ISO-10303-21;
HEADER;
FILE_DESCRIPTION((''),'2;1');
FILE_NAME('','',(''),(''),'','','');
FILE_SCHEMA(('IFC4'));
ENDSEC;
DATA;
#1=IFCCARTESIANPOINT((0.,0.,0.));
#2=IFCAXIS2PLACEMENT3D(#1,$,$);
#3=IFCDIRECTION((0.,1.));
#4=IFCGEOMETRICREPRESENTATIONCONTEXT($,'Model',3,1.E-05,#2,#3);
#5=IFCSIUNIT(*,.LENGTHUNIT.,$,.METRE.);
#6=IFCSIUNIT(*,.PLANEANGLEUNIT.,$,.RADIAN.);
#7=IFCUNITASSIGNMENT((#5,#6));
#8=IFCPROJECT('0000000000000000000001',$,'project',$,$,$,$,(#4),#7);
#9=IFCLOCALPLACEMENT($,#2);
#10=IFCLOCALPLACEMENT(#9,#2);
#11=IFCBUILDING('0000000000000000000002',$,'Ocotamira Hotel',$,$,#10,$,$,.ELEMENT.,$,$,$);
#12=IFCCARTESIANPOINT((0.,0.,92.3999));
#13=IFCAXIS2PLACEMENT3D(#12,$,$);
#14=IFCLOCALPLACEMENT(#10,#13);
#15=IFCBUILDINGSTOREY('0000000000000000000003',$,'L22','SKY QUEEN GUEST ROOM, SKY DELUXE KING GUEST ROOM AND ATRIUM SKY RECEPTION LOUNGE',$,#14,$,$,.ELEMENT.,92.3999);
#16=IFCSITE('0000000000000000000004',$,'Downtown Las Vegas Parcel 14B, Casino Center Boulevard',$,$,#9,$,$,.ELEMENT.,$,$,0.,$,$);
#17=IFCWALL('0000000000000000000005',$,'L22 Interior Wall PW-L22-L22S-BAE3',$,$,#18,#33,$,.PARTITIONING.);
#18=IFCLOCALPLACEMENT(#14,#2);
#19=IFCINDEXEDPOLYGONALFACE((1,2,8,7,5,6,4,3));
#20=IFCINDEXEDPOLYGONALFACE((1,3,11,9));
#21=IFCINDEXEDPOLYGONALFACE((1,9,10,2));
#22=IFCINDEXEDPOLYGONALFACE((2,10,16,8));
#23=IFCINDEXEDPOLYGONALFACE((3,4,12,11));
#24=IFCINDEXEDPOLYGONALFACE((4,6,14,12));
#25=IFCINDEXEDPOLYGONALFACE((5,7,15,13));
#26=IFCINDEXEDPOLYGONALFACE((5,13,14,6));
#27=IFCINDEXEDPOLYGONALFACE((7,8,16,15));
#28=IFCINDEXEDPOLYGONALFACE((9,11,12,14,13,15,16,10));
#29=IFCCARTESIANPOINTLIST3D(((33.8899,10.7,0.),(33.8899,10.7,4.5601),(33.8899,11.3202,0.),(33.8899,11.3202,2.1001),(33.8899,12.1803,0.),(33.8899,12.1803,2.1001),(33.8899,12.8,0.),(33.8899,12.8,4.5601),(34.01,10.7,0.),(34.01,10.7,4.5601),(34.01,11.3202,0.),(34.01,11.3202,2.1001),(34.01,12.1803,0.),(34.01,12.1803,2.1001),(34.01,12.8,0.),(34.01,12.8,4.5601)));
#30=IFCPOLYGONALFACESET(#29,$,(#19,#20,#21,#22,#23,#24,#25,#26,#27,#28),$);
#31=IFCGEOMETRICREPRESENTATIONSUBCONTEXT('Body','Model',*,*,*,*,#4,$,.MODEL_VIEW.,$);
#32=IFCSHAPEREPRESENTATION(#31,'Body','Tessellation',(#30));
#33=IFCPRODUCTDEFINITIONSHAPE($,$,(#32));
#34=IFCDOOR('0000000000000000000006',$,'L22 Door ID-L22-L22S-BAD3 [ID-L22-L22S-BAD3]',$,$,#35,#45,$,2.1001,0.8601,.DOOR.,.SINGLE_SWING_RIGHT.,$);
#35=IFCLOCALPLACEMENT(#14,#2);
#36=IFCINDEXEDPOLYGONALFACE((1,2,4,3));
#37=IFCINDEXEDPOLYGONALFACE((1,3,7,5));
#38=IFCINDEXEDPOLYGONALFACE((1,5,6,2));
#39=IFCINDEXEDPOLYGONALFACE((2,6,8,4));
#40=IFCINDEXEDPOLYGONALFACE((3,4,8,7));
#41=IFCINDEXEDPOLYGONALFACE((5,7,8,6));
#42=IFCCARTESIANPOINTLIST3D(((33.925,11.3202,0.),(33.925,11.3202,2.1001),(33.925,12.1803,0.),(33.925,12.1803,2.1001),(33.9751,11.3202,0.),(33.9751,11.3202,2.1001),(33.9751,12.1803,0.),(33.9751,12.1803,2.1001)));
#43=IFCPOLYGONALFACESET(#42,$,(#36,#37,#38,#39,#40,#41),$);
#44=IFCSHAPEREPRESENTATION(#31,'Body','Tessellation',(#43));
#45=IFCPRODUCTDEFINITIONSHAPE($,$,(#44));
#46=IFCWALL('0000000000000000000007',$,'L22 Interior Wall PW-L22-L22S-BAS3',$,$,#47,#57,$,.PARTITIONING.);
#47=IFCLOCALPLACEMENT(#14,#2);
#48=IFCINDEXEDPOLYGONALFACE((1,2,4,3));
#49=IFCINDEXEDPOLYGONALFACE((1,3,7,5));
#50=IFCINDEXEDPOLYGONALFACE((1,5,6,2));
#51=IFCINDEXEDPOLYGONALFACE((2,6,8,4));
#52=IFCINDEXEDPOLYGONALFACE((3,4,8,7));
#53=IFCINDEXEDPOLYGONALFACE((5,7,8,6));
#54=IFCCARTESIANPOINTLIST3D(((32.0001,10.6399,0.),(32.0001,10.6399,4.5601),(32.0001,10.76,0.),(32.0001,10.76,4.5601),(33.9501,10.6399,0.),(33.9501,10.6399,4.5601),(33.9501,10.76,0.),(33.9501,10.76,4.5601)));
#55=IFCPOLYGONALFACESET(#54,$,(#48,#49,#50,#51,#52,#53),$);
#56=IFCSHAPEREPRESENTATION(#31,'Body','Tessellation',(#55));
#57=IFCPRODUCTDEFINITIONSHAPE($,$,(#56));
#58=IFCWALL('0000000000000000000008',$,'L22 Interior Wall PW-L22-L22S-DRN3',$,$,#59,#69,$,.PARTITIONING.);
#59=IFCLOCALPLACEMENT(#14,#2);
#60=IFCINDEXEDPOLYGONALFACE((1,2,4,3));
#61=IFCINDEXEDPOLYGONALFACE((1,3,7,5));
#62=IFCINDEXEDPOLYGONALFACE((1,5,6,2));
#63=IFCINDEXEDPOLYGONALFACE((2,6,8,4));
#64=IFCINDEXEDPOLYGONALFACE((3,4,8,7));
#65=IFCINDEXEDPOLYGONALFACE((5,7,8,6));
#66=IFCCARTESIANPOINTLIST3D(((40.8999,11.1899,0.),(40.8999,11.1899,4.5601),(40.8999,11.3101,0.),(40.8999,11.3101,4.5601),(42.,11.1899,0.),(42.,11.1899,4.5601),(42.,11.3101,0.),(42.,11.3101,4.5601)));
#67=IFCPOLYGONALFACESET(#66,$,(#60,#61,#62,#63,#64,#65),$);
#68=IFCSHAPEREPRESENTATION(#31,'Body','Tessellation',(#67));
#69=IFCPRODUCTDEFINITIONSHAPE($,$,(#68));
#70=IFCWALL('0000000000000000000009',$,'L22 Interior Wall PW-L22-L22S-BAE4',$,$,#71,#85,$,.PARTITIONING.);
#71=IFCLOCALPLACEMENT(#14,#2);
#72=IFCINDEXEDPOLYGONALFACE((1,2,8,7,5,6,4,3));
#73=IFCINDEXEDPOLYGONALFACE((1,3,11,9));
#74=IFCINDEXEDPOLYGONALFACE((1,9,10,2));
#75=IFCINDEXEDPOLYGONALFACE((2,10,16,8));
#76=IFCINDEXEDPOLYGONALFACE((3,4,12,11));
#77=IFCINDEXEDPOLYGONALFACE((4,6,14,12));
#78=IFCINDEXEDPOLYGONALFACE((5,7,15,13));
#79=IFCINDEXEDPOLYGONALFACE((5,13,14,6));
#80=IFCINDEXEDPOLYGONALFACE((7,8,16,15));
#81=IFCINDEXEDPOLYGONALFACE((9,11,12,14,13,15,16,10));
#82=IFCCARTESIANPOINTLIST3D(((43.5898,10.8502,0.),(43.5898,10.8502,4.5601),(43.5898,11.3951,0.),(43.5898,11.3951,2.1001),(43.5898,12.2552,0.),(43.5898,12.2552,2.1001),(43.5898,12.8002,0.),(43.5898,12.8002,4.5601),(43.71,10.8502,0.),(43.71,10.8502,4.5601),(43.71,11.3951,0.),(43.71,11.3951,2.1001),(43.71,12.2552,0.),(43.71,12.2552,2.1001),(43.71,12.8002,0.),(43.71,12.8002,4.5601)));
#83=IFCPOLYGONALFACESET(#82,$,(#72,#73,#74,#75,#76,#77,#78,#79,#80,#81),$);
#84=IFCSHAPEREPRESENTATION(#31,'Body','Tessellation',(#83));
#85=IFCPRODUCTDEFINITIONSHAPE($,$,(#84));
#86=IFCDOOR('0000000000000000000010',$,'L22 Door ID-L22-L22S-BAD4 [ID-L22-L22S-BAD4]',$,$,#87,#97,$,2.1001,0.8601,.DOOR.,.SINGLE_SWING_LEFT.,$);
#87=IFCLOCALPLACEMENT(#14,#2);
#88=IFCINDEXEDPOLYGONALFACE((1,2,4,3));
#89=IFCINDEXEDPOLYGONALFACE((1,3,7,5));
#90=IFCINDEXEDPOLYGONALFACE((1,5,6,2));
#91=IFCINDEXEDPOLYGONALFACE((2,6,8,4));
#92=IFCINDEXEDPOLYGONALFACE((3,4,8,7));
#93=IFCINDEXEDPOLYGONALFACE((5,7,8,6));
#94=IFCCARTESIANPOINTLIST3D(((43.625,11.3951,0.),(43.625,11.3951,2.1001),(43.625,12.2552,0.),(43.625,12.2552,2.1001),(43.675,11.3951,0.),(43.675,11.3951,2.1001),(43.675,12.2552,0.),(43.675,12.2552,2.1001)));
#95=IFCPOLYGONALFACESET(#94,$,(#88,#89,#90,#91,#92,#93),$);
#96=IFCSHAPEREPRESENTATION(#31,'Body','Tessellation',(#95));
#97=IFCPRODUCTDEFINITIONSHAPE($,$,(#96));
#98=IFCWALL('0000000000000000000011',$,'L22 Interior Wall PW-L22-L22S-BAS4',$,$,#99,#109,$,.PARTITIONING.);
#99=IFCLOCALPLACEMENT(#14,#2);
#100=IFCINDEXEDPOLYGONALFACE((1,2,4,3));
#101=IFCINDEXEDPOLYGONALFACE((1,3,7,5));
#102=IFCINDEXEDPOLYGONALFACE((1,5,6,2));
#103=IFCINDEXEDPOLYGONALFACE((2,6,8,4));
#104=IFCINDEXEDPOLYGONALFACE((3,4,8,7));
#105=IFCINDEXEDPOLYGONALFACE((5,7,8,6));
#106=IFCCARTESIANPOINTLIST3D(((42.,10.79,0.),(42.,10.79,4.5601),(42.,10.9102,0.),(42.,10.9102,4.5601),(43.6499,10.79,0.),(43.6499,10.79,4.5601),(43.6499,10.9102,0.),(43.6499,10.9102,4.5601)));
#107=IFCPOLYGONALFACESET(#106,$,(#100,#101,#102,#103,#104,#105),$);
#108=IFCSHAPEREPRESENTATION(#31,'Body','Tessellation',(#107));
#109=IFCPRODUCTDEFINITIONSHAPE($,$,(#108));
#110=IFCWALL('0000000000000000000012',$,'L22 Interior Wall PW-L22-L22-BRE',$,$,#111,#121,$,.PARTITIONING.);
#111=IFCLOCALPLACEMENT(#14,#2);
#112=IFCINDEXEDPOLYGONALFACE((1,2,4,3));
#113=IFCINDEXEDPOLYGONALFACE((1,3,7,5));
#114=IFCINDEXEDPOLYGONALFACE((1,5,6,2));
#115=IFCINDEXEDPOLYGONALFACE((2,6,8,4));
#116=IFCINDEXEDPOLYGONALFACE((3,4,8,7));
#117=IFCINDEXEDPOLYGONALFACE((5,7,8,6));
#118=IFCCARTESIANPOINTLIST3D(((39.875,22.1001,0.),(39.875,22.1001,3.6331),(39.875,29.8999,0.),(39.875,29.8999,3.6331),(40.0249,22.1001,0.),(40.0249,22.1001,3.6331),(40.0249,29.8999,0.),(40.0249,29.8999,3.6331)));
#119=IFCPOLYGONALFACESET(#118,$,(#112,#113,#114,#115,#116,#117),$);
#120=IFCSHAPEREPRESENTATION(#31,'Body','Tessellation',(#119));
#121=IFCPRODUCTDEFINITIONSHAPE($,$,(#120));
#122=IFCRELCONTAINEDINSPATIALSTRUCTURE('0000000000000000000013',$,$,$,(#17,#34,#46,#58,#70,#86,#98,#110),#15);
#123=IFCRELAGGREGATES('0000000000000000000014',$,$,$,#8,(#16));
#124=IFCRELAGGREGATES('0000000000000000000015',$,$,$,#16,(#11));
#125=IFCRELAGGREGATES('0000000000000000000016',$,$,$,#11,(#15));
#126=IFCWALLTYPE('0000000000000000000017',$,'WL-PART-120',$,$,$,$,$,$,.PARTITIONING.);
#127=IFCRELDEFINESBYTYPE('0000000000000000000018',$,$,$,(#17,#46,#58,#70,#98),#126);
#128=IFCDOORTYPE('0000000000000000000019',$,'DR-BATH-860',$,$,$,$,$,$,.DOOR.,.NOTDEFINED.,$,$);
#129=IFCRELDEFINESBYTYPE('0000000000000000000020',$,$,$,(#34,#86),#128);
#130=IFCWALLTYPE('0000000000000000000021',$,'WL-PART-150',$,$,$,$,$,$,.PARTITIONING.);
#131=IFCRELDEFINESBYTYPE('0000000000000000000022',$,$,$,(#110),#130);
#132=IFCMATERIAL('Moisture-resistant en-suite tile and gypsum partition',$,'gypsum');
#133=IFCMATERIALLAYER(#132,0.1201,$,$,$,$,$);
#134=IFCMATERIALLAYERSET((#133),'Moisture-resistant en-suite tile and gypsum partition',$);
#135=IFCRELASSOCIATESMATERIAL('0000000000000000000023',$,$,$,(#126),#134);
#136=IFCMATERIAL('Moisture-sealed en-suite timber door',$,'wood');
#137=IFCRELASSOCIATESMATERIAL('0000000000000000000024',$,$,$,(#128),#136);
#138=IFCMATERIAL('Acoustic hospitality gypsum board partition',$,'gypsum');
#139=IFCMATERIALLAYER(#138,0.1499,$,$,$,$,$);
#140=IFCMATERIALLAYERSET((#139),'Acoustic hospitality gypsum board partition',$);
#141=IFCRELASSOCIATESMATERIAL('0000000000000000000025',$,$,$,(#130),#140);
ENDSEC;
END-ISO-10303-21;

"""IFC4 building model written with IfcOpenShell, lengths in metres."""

from ifc_helpers import new_model, si_unit, direction, frame, frame_2d, origin, place, context, subcontext, project, spatial, rectangle, extrude, source, transform, mapped, material, layer, layer_set, type_object, element, fill, save


model = new_model("IFC4")

# Units and contexts
model_context = context("Model", 3, precision=1e-05, world=origin(), true_north=direction((0.0, 1.0)))
body_context = subcontext(model_context, "Body", "Model", "MODEL_VIEW")
ifc_project = project(units=[si_unit("LENGTHUNIT", "METRE"), si_unit("PLANEANGLEUNIT", "RADIAN")], contexts=[model_context])

# Site, building, storey
site_placement = place(None, origin())
site = spatial("IfcSite", under=ifc_project, at=site_placement, Name="Downtown Las Vegas Parcel 14B, Casino Center Boulevard", CompositionType="ELEMENT", RefElevation=0.0)
building_placement = place(site_placement, origin())
building = spatial("IfcBuilding", under=site, at=building_placement, Name="Ocotamira Hotel", CompositionType="ELEMENT")
storey_placement = place(building_placement, frame((0.0, 0.0, 92.3999)))
storey = spatial("IfcBuildingStorey", under=building, at=storey_placement, Name="L22", Description="SKY QUEEN GUEST ROOM, SKY DELUXE KING GUEST ROOM AND ATRIUM SKY RECEPTION LOUNGE", CompositionType="ELEMENT", Elevation=92.3999)

# Wall, opening, door
ifc_material_1 = material(Name="Moisture-resistant en-suite tile and gypsum partition", Category="gypsum")
ifc_layer_1 = layer(ifc_material_1, 0.1201)
ifc_layer_set_1 = layer_set([ifc_layer_1], Name="Moisture-resistant en-suite tile and gypsum partition")
wall_type_1 = type_object("IfcWallType", Name="WL-PART-120", PredefinedType="PARTITIONING", material=ifc_layer_set_1)
wall_1_placement = place(storey_placement, frame((33.95, 10.7, 0.0), z_axis=(0.0, 0.0, 1.0), x_axis=(0.0, 1.0, 0.0)))
wall_1 = element("IfcWall", 1, at=wall_1_placement, inside=storey, type_object=wall_type_1, Name="L22 Interior Wall PW-L22-L22S-BAE3", PredefinedType="PARTITIONING", context=body_context, shape_type="SweptSolid", body=[
    extrude(rectangle(XDim=2.1001, YDim=0.1201, at=frame_2d((1.05, 0.0))), origin(), (0.0, 0.0, 1.0), 4.5601),
])
opening_1_placement = place(wall_1_placement, frame((0.6201, 0.0, 0.0)))
opening_1 = element("IfcOpeningElement", 2, at=opening_1_placement, cuts=wall_1, PredefinedType="OPENING", context=body_context, shape_type="SweptSolid", body=[
    extrude(rectangle(XDim=0.8601, YDim=2.1001, at=frame_2d((0.4302, 1.05))), frame((0.0, 0.0701, 0.0), z_axis=(0.0, -1.0, 0.0), x_axis=(1.0, 0.0, 0.0)), (0.0, 0.0, 1.0), 0.1401),
])
ifc_material_2 = material(Name="Moisture-sealed en-suite timber door", Category="wood")
door_type_1 = type_object("IfcDoorType", Name="DR-BATH-860", OperationType="NOTDEFINED", PredefinedType="DOOR", material=ifc_material_2)
shared_shape_1 = source(origin(), body_context, "Body", "SweptSolid", [
    extrude(rectangle(XDim=0.8601, YDim=2.1001, at=frame_2d((0.4302, 1.05))), frame((0.0, 0.0249, 0.0), z_axis=(0.0, -1.0, 0.0), x_axis=(1.0, 0.0, 0.0)), (0.0, 0.0, 1.0), 0.05),
])
door_1_placement = place(opening_1_placement, origin())
door_1 = element("IfcDoor", 3, at=door_1_placement, inside=storey, type_object=door_type_1, Name="L22 Door ID-L22-L22S-BAD3 [ID-L22-L22S-BAD3]", OperationType="SINGLE_SWING_RIGHT", OverallHeight=2.1001, OverallWidth=0.8601, PredefinedType="DOOR", context=body_context, shape_type="MappedRepresentation", body=[
    mapped(shared_shape_1, transform((0.0, 0.0, 0.0), scale=1.0)),
])
fill(opening_1, door_1)

# Walls
wall_2_placement = place(storey_placement, frame((32.0, 10.7, 0.0), z_axis=(0.0, 0.0, 1.0), x_axis=(1.0, 0.0, 0.0)))
element("IfcWall", 4, at=wall_2_placement, inside=storey, type_object=wall_type_1, Name="L22 Interior Wall PW-L22-L22S-BAS3", PredefinedType="PARTITIONING", context=body_context, shape_type="SweptSolid", body=[
    extrude(rectangle(XDim=1.95, YDim=0.1201, at=frame_2d((0.9751, 0.0))), origin(), (0.0, 0.0, 1.0), 4.5601),
])
wall_3_placement = place(storey_placement, frame((40.8999, 11.25, 0.0), z_axis=(0.0, 0.0, 1.0), x_axis=(1.0, 0.0, 0.0)))
element("IfcWall", 5, at=wall_3_placement, inside=storey, type_object=wall_type_1, Name="L22 Interior Wall PW-L22-L22S-DRN3", PredefinedType="PARTITIONING", context=body_context, shape_type="SweptSolid", body=[
    extrude(rectangle(XDim=1.1001, YDim=0.1201, at=frame_2d((0.55, 0.0))), origin(), (0.0, 0.0, 1.0), 4.5601),
])

# Wall, opening, door
wall_4_placement = place(storey_placement, frame((43.6499, 10.8501, 0.0), z_axis=(0.0, 0.0, 1.0), x_axis=(0.0, 1.0, 0.0)))
wall_4 = element("IfcWall", 6, at=wall_4_placement, inside=storey, type_object=wall_type_1, Name="L22 Interior Wall PW-L22-L22S-BAE4", PredefinedType="PARTITIONING", context=body_context, shape_type="SweptSolid", body=[
    extrude(rectangle(XDim=1.95, YDim=0.1201, at=frame_2d((0.9751, 0.0))), origin(), (0.0, 0.0, 1.0), 4.5601),
])
opening_2_placement = place(wall_4_placement, frame((0.5449, 0.0, 0.0)))
opening_2 = element("IfcOpeningElement", 7, at=opening_2_placement, cuts=wall_4, PredefinedType="OPENING", context=body_context, shape_type="SweptSolid", body=[
    extrude(rectangle(XDim=0.8601, YDim=2.1001, at=frame_2d((0.4302, 1.05))), frame((0.0, 0.0701, 0.0), z_axis=(0.0, -1.0, 0.0), x_axis=(1.0, 0.0, 0.0)), (0.0, 0.0, 1.0), 0.1401),
])
door_2_placement = place(opening_2_placement, origin())
door_2 = element("IfcDoor", 8, at=door_2_placement, inside=storey, type_object=door_type_1, Name="L22 Door ID-L22-L22S-BAD4 [ID-L22-L22S-BAD4]", OperationType="SINGLE_SWING_LEFT", OverallHeight=2.1001, OverallWidth=0.8601, PredefinedType="DOOR", context=body_context, shape_type="MappedRepresentation", body=[
    mapped(shared_shape_1, transform((0.0, 0.0, 0.0), scale=1.0)),
])
fill(opening_2, door_2)

# Walls
wall_5_placement = place(storey_placement, frame((42.0, 10.8501, 0.0), z_axis=(0.0, 0.0, 1.0), x_axis=(1.0, 0.0, 0.0)))
element("IfcWall", 9, at=wall_5_placement, inside=storey, type_object=wall_type_1, Name="L22 Interior Wall PW-L22-L22S-BAS4", PredefinedType="PARTITIONING", context=body_context, shape_type="SweptSolid", body=[
    extrude(rectangle(XDim=1.6499, YDim=0.1201, at=frame_2d((0.825, 0.0))), origin(), (0.0, 0.0, 1.0), 4.5601),
])
ifc_material_3 = material(Name="Acoustic hospitality gypsum board partition", Category="gypsum")
ifc_layer_2 = layer(ifc_material_3, 0.1499)
ifc_layer_set_2 = layer_set([ifc_layer_2], Name="Acoustic hospitality gypsum board partition")
wall_type_2 = type_object("IfcWallType", Name="WL-PART-150", PredefinedType="PARTITIONING", material=ifc_layer_set_2)
wall_6_placement = place(storey_placement, frame((39.95, 22.1001, 0.0), z_axis=(0.0, 0.0, 1.0), x_axis=(0.0, 1.0, 0.0)))
element("IfcWall", 10, at=wall_6_placement, inside=storey, type_object=wall_type_2, Name="L22 Interior Wall PW-L22-L22-BRE", PredefinedType="PARTITIONING", context=body_context, shape_type="SweptSolid", body=[
    extrude(rectangle(XDim=7.7998, YDim=0.1499, at=frame_2d((3.8999, 0.0))), origin(), (0.0, 0.0, 1.0), 3.6331),
])

save(model, "model.ifc")
